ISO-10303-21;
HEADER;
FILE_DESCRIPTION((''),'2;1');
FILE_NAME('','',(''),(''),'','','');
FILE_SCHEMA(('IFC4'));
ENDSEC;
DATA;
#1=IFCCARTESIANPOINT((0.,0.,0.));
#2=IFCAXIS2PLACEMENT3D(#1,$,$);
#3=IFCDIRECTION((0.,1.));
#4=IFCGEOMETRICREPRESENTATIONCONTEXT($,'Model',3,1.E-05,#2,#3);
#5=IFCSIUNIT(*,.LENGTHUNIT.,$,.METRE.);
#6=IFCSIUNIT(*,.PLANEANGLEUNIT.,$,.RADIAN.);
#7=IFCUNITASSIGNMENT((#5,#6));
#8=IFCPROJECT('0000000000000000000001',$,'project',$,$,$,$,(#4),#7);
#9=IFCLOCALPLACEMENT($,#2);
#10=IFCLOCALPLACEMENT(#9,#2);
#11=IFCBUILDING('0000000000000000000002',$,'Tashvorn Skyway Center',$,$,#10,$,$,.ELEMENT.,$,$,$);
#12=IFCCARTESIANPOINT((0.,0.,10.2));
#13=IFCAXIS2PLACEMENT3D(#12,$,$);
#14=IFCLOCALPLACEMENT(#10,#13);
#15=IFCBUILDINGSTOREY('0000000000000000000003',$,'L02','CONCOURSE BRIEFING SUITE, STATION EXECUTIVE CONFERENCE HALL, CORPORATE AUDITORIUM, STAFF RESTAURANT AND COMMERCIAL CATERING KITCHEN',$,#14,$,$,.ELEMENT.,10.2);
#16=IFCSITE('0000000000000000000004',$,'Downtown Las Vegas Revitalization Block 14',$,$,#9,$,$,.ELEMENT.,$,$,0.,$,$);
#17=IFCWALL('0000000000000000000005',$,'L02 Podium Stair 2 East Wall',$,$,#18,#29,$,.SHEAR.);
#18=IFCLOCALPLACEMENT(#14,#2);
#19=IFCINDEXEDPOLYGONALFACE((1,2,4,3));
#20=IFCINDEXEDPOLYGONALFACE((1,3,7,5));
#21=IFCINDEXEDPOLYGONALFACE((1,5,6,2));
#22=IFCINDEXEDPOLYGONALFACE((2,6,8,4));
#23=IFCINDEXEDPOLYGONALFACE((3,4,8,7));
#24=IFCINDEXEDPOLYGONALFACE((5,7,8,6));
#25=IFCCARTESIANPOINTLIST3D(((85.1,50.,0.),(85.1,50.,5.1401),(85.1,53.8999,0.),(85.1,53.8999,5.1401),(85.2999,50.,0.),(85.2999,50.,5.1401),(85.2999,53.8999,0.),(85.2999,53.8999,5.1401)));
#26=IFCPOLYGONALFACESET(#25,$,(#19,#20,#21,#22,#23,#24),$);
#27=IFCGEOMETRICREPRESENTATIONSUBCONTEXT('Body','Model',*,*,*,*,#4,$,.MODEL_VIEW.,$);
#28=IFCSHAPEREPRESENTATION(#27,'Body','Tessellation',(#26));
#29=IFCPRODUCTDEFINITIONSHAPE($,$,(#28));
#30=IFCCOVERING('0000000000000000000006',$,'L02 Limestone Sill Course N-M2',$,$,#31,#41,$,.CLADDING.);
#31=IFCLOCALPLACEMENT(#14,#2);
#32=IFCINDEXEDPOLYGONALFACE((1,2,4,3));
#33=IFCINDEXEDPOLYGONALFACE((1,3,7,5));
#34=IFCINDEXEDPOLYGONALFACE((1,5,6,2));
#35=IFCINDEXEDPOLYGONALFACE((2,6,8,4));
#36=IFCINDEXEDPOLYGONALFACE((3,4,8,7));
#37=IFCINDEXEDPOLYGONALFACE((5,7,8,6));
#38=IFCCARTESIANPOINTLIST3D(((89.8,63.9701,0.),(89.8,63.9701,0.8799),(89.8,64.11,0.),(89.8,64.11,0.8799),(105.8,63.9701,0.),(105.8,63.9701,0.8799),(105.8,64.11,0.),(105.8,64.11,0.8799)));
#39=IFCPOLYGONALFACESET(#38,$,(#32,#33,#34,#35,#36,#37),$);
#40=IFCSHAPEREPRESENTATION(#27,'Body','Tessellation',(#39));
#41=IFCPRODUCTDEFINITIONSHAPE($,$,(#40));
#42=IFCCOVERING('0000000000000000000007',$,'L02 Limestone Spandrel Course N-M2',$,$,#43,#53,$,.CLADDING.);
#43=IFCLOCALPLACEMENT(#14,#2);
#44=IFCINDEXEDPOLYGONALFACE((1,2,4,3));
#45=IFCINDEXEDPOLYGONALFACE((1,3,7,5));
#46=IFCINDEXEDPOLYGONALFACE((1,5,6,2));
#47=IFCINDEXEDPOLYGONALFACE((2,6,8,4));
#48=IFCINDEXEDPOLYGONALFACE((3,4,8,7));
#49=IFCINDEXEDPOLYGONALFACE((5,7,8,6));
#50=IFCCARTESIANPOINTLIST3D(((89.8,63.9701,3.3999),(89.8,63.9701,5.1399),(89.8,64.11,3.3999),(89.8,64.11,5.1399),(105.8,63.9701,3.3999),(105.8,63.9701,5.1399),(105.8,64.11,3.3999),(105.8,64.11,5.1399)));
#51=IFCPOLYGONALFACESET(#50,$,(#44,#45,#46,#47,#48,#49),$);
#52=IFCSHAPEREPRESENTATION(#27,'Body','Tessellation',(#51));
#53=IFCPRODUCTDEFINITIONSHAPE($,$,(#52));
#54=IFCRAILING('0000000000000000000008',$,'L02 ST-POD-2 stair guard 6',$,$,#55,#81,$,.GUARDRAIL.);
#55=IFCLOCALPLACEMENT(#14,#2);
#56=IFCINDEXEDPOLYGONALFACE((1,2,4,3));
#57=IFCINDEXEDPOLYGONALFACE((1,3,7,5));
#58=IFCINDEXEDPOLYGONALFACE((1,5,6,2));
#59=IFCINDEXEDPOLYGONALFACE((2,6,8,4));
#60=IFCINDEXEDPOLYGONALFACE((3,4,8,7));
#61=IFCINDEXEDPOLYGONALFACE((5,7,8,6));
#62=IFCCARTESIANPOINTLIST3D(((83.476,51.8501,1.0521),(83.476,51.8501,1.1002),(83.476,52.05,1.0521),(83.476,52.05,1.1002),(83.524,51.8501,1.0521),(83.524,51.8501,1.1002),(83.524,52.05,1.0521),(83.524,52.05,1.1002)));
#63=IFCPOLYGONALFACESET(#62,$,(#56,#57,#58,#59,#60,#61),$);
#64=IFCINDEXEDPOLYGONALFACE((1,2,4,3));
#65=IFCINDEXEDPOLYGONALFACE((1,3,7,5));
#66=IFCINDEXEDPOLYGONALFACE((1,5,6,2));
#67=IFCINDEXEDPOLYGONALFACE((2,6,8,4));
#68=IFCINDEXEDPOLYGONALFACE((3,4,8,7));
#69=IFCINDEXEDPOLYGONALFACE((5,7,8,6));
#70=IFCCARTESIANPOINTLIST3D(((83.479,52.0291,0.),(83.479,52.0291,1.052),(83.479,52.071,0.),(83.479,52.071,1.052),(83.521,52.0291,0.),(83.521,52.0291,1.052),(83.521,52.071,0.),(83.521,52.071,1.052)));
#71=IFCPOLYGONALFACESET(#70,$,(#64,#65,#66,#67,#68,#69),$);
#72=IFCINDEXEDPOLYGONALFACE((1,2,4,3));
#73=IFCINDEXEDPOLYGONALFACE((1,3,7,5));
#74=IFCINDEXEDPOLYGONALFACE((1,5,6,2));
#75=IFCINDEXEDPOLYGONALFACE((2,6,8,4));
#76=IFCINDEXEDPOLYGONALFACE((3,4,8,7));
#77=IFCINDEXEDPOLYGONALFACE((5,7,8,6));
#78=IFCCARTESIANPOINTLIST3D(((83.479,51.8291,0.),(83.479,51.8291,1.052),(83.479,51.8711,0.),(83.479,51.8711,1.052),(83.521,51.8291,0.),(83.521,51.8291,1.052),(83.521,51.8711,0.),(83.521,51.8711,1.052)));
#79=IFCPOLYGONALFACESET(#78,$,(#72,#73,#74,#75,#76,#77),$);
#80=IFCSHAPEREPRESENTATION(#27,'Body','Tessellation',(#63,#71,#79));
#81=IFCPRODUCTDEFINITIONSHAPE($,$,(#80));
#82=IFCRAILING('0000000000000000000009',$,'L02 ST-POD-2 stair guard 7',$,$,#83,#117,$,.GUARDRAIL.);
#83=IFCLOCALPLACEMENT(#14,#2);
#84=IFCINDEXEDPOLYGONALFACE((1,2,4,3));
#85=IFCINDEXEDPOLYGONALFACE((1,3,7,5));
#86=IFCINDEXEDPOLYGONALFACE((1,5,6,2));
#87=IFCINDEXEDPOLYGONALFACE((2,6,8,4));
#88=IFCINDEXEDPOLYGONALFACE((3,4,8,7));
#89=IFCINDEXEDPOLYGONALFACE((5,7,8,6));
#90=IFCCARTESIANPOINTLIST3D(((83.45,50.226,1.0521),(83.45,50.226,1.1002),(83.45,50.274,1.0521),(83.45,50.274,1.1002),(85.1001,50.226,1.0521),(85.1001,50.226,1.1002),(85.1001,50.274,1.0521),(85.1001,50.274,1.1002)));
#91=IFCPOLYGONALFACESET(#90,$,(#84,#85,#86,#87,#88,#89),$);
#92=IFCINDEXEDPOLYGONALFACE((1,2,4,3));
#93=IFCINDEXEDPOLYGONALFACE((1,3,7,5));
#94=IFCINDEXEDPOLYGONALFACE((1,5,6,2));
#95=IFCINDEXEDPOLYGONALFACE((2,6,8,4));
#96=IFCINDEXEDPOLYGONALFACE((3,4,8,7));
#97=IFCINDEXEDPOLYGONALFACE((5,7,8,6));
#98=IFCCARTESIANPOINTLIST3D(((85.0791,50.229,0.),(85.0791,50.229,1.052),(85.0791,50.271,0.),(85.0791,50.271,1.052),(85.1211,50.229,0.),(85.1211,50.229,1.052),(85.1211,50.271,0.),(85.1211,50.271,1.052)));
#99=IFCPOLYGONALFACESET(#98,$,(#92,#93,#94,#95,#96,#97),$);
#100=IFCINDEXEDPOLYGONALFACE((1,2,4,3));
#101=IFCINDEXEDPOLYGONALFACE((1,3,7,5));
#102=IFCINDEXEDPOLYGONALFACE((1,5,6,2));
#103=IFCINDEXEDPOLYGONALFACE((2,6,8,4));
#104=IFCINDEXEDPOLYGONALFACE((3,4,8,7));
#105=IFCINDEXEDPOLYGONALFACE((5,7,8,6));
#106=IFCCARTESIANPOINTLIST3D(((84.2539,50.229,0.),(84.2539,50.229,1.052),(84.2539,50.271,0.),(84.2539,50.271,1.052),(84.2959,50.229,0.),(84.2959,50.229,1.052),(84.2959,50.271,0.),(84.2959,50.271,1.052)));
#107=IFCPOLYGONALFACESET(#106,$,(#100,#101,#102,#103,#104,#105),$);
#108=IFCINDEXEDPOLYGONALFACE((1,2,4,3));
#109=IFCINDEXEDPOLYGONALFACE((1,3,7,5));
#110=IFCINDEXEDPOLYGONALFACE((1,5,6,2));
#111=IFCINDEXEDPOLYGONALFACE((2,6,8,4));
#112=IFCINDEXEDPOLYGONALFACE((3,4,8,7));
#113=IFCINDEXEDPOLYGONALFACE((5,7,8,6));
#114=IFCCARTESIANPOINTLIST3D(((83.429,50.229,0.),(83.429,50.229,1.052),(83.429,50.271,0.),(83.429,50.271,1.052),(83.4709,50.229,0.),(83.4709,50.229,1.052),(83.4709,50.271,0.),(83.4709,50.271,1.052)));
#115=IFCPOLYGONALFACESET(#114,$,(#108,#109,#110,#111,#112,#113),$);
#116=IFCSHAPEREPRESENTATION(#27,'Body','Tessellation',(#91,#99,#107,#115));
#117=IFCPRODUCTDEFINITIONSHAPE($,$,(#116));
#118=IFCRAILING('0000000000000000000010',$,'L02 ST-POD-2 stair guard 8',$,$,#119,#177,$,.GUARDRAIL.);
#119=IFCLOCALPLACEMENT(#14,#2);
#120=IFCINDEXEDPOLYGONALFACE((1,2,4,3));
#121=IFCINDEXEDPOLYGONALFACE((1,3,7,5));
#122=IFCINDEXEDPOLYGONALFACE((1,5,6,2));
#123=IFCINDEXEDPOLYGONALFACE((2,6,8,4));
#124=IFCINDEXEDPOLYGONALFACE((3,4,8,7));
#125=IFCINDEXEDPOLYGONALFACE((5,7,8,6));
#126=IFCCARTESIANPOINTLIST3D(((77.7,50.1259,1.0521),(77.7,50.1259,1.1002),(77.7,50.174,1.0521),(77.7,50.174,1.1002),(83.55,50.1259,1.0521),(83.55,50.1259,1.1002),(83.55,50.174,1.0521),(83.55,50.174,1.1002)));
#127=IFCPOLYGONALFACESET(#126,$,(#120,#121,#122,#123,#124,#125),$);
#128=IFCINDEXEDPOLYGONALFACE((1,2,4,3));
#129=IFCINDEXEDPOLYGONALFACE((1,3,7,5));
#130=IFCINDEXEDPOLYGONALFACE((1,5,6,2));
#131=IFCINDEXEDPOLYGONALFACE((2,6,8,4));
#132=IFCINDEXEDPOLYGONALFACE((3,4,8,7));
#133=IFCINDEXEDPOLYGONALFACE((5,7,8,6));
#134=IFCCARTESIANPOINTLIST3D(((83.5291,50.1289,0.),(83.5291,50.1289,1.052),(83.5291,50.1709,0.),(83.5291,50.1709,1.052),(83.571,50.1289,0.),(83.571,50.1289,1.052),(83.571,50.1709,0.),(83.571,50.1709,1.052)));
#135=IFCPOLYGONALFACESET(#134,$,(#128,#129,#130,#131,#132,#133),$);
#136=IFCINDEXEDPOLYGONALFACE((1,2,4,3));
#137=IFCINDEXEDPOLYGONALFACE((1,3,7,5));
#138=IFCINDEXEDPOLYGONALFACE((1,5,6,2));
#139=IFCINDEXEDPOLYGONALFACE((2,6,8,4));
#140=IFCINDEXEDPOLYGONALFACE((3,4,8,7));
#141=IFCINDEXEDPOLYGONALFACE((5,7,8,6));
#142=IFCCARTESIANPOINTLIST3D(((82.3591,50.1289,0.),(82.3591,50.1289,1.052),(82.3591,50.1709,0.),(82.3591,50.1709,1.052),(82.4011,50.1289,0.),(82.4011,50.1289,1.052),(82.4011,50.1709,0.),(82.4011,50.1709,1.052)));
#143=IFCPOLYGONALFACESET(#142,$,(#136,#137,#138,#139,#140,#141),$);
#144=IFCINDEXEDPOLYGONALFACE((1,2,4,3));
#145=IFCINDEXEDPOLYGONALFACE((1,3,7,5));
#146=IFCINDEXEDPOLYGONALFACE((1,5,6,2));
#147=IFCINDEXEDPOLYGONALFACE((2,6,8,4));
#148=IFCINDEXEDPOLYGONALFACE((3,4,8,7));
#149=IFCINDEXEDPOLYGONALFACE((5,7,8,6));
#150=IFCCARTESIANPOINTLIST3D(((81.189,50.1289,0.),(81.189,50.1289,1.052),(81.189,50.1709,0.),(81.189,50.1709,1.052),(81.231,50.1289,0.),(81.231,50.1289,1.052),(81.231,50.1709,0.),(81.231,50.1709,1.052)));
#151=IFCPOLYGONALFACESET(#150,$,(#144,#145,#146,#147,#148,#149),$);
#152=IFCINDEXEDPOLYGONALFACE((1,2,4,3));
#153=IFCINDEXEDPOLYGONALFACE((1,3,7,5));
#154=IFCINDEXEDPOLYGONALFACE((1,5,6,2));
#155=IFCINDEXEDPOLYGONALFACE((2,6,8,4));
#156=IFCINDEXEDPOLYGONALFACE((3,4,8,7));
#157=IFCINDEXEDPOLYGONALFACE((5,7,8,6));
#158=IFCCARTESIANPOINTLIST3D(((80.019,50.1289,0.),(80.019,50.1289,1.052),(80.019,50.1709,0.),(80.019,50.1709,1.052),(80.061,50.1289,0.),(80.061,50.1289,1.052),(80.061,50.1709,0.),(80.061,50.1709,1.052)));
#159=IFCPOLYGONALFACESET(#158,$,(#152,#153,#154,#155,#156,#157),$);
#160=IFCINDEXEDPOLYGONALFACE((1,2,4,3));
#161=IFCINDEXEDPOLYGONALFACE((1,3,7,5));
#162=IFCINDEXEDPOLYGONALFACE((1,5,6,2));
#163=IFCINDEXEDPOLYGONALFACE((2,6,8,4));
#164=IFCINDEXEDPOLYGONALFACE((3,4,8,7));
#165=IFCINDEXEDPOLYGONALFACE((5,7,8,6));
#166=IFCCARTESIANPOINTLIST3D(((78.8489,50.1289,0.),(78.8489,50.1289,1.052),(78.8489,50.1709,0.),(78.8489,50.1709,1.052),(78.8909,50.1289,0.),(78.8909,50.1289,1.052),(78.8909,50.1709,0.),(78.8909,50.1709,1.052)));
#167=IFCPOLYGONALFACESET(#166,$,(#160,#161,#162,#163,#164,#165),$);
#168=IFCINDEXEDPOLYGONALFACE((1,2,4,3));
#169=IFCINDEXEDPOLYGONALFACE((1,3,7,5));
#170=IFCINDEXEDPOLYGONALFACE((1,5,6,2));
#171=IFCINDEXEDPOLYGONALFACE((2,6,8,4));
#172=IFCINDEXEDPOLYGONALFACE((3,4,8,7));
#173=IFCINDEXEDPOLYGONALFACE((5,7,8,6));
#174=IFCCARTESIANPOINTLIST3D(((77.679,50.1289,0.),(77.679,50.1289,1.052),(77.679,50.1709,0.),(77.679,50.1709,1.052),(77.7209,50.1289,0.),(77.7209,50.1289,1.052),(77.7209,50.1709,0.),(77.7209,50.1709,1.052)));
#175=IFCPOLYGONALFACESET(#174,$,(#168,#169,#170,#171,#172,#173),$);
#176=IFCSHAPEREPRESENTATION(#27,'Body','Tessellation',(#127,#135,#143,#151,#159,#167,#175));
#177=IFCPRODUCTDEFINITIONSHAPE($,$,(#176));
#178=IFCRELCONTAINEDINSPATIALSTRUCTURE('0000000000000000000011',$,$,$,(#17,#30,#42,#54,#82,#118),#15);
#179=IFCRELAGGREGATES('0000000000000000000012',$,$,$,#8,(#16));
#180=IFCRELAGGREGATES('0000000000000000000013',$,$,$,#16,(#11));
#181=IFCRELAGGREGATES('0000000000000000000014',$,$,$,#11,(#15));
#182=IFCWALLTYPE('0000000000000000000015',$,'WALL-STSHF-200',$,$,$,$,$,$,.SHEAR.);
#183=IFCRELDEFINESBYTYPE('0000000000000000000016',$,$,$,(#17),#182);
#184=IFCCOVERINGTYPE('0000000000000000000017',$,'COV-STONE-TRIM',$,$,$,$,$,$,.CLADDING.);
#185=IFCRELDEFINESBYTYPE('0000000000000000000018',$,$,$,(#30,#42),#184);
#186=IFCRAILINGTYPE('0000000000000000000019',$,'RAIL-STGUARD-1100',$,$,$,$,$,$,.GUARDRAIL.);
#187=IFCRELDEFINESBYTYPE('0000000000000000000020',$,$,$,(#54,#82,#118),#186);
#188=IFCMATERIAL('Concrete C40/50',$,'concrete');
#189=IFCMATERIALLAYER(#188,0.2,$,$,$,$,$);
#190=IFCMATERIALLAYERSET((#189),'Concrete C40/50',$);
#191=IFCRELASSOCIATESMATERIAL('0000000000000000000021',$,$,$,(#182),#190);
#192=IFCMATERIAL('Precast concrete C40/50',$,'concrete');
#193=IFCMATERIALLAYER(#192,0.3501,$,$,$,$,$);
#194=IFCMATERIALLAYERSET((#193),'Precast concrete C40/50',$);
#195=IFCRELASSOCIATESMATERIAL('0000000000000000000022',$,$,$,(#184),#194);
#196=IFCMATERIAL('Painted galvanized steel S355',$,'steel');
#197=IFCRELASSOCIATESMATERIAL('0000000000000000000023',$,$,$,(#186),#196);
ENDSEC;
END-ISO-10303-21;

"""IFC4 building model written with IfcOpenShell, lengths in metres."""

from ifc_helpers import new_model, si_unit, direction, frame, frame_2d, origin, origin_2d, place, context, subcontext, project, spatial, rectangle, extrude, material, layer, layer_set, type_object, element, save


model = new_model("IFC4")

# Units and contexts
model_context = context("Model", 3, precision=1e-05, world=origin(), true_north=direction((0.0, 1.0)))
body_context = subcontext(model_context, "Body", "Model", "MODEL_VIEW")
ifc_project = project(units=[si_unit("LENGTHUNIT", "METRE"), si_unit("PLANEANGLEUNIT", "RADIAN")], contexts=[model_context])

# Site, building, storey
site_placement = place(None, origin())
site = spatial("IfcSite", under=ifc_project, at=site_placement, Name="Downtown Las Vegas Revitalization Block 14", CompositionType="ELEMENT", RefElevation=0.0)
building_placement = place(site_placement, origin())
building = spatial("IfcBuilding", under=site, at=building_placement, Name="Tashvorn Skyway Center", CompositionType="ELEMENT")
storey_placement = place(building_placement, frame((0.0, 0.0, 10.2)))
storey = spatial("IfcBuildingStorey", under=building, at=storey_placement, Name="L02", Description="CONCOURSE BRIEFING SUITE, STATION EXECUTIVE CONFERENCE HALL, CORPORATE AUDITORIUM, STAFF RESTAURANT AND COMMERCIAL CATERING KITCHEN", CompositionType="ELEMENT", Elevation=10.2)

# Shared definitions
ifc_material_1 = material(Name="Precast concrete C40/50", Category="concrete")

# Wall
ifc_material_2 = material(Name="Concrete C40/50", Category="concrete")
ifc_layer_1 = layer(ifc_material_2, 0.2)
ifc_layer_set_1 = layer_set([ifc_layer_1], Name="Concrete C40/50")
wall_type_1 = type_object("IfcWallType", Name="WALL-STSHF-200", PredefinedType="SHEAR", material=ifc_layer_set_1)
wall_1_placement = place(storey_placement, frame((85.2, 50.0, 0.0), z_axis=(0.0, 0.0, 1.0), x_axis=(0.0, 1.0, 0.0)))
element("IfcWall", 1, at=wall_1_placement, inside=storey, type_object=wall_type_1, Name="L02 Podium Stair 2 East Wall", PredefinedType="SHEAR", context=body_context, shape_type="SweptSolid", body=[
    extrude(rectangle(XDim=3.8999, YDim=0.2, at=frame_2d((1.95, 0.0))), origin(), (0.0, 0.0, 1.0), 5.1401),
])

# Coverings
ifc_layer_2 = layer(ifc_material_1, 0.3501)
ifc_layer_set_2 = layer_set([ifc_layer_2], Name="Precast concrete C40/50")
covering_type = type_object("IfcCoveringType", Name="COV-STONE-TRIM", PredefinedType="CLADDING", material=ifc_layer_set_2)
covering_1_placement = place(storey_placement, frame((97.8, 64.04, 0.0), z_axis=(0.0, 0.0, 1.0), x_axis=(1.0, 0.0, 0.0)))
element("IfcCovering", 2, at=covering_1_placement, inside=storey, type_object=covering_type, Name="L02 Limestone Sill Course N-M2", PredefinedType="CLADDING", context=body_context, shape_type="SweptSolid", body=[
    extrude(rectangle(XDim=16.0, YDim=0.1399, at=origin_2d()), origin(), (0.0, 0.0, 1.0), 0.8799),
])
covering_2_placement = place(storey_placement, frame((97.8, 64.04, 3.3999), z_axis=(0.0, 0.0, 1.0), x_axis=(1.0, 0.0, 0.0)))
element("IfcCovering", 3, at=covering_2_placement, inside=storey, type_object=covering_type, Name="L02 Limestone Spandrel Course N-M2", PredefinedType="CLADDING", context=body_context, shape_type="SweptSolid", body=[
    extrude(rectangle(XDim=16.0, YDim=0.1399, at=origin_2d()), origin(), (0.0, 0.0, 1.0), 1.74),
])

# Railings
ifc_material_3 = material(Name="Painted galvanized steel S355", Category="steel")
railing_type = type_object("IfcRailingType", Name="RAIL-STGUARD-1100", PredefinedType="GUARDRAIL", material=ifc_material_3)
railing_1_placement = place(storey_placement, frame((83.5, 52.05, 0.0)))
element("IfcRailing", 4, at=railing_1_placement, inside=storey, type_object=railing_type, Name="L02 ST-POD-2 stair guard 6", PredefinedType="GUARDRAIL", context=body_context, shape_type="SweptSolid", body=[
    extrude(rectangle(XDim=0.0481, YDim=0.0481, at=origin_2d()), frame((0.0, 0.0, 1.0762), z_axis=(0.0, -1.0, 0.0), x_axis=(1.0, 0.0, 0.0)), (0.0, 0.0, 1.0), 0.2),
    extrude(rectangle(XDim=0.042, YDim=0.042, at=origin_2d()), origin(), (0.0, 0.0, 1.0), 1.052),
    extrude(rectangle(XDim=0.042, YDim=0.042, at=origin_2d()), frame((0.0, -0.2, 0.0)), (0.0, 0.0, 1.0), 1.052),
])
railing_2_placement = place(storey_placement, frame((85.1001, 50.25, 0.0)))
element("IfcRailing", 5, at=railing_2_placement, inside=storey, type_object=railing_type, Name="L02 ST-POD-2 stair guard 7", PredefinedType="GUARDRAIL", context=body_context, shape_type="SweptSolid", body=[
    extrude(rectangle(XDim=0.0481, YDim=0.0481, at=origin_2d()), frame((0.0, 0.0, 1.0762), z_axis=(-1.0, 0.0, 0.0), x_axis=(0.0, -1.0, 0.0)), (0.0, 0.0, 1.0), 1.6501),
    extrude(rectangle(XDim=0.042, YDim=0.042, at=origin_2d()), origin(), (0.0, 0.0, 1.0), 1.052),
    extrude(rectangle(XDim=0.042, YDim=0.042, at=origin_2d()), frame((-0.8252, 0.0, 0.0)), (0.0, 0.0, 1.0), 1.052),
    extrude(rectangle(XDim=0.042, YDim=0.042, at=origin_2d()), frame((-1.6501, 0.0, 0.0)), (0.0, 0.0, 1.0), 1.052),
])
railing_3_placement = place(storey_placement, frame((83.55, 50.1499, 0.0)))
element("IfcRailing", 6, at=railing_3_placement, inside=storey, type_object=railing_type, Name="L02 ST-POD-2 stair guard 8", PredefinedType="GUARDRAIL", context=body_context, shape_type="SweptSolid", body=[
    extrude(rectangle(XDim=0.0481, YDim=0.0481, at=origin_2d()), frame((0.0, 0.0, 1.0762), z_axis=(-1.0, 0.0, 0.0), x_axis=(0.0, -1.0, 0.0)), (0.0, 0.0, 1.0), 5.8501),
    extrude(rectangle(XDim=0.042, YDim=0.042, at=origin_2d()), origin(), (0.0, 0.0, 1.0), 1.052),
    extrude(rectangle(XDim=0.042, YDim=0.042, at=origin_2d()), frame((-1.1699, 0.0, 0.0)), (0.0, 0.0, 1.0), 1.052),
    extrude(rectangle(XDim=0.042, YDim=0.042, at=origin_2d()), frame((-2.3401, 0.0, 0.0)), (0.0, 0.0, 1.0), 1.052),
    extrude(rectangle(XDim=0.042, YDim=0.042, at=origin_2d()), frame((-3.51, 0.0, 0.0)), (0.0, 0.0, 1.0), 1.052),
    extrude(rectangle(XDim=0.042, YDim=0.042, at=origin_2d()), frame((-4.6802, 0.0, 0.0)), (0.0, 0.0, 1.0), 1.052),
    extrude(rectangle(XDim=0.042, YDim=0.042, at=origin_2d()), frame((-5.8501, 0.0, 0.0)), (0.0, 0.0, 1.0), 1.052),
])

save(model, "model.ifc")
